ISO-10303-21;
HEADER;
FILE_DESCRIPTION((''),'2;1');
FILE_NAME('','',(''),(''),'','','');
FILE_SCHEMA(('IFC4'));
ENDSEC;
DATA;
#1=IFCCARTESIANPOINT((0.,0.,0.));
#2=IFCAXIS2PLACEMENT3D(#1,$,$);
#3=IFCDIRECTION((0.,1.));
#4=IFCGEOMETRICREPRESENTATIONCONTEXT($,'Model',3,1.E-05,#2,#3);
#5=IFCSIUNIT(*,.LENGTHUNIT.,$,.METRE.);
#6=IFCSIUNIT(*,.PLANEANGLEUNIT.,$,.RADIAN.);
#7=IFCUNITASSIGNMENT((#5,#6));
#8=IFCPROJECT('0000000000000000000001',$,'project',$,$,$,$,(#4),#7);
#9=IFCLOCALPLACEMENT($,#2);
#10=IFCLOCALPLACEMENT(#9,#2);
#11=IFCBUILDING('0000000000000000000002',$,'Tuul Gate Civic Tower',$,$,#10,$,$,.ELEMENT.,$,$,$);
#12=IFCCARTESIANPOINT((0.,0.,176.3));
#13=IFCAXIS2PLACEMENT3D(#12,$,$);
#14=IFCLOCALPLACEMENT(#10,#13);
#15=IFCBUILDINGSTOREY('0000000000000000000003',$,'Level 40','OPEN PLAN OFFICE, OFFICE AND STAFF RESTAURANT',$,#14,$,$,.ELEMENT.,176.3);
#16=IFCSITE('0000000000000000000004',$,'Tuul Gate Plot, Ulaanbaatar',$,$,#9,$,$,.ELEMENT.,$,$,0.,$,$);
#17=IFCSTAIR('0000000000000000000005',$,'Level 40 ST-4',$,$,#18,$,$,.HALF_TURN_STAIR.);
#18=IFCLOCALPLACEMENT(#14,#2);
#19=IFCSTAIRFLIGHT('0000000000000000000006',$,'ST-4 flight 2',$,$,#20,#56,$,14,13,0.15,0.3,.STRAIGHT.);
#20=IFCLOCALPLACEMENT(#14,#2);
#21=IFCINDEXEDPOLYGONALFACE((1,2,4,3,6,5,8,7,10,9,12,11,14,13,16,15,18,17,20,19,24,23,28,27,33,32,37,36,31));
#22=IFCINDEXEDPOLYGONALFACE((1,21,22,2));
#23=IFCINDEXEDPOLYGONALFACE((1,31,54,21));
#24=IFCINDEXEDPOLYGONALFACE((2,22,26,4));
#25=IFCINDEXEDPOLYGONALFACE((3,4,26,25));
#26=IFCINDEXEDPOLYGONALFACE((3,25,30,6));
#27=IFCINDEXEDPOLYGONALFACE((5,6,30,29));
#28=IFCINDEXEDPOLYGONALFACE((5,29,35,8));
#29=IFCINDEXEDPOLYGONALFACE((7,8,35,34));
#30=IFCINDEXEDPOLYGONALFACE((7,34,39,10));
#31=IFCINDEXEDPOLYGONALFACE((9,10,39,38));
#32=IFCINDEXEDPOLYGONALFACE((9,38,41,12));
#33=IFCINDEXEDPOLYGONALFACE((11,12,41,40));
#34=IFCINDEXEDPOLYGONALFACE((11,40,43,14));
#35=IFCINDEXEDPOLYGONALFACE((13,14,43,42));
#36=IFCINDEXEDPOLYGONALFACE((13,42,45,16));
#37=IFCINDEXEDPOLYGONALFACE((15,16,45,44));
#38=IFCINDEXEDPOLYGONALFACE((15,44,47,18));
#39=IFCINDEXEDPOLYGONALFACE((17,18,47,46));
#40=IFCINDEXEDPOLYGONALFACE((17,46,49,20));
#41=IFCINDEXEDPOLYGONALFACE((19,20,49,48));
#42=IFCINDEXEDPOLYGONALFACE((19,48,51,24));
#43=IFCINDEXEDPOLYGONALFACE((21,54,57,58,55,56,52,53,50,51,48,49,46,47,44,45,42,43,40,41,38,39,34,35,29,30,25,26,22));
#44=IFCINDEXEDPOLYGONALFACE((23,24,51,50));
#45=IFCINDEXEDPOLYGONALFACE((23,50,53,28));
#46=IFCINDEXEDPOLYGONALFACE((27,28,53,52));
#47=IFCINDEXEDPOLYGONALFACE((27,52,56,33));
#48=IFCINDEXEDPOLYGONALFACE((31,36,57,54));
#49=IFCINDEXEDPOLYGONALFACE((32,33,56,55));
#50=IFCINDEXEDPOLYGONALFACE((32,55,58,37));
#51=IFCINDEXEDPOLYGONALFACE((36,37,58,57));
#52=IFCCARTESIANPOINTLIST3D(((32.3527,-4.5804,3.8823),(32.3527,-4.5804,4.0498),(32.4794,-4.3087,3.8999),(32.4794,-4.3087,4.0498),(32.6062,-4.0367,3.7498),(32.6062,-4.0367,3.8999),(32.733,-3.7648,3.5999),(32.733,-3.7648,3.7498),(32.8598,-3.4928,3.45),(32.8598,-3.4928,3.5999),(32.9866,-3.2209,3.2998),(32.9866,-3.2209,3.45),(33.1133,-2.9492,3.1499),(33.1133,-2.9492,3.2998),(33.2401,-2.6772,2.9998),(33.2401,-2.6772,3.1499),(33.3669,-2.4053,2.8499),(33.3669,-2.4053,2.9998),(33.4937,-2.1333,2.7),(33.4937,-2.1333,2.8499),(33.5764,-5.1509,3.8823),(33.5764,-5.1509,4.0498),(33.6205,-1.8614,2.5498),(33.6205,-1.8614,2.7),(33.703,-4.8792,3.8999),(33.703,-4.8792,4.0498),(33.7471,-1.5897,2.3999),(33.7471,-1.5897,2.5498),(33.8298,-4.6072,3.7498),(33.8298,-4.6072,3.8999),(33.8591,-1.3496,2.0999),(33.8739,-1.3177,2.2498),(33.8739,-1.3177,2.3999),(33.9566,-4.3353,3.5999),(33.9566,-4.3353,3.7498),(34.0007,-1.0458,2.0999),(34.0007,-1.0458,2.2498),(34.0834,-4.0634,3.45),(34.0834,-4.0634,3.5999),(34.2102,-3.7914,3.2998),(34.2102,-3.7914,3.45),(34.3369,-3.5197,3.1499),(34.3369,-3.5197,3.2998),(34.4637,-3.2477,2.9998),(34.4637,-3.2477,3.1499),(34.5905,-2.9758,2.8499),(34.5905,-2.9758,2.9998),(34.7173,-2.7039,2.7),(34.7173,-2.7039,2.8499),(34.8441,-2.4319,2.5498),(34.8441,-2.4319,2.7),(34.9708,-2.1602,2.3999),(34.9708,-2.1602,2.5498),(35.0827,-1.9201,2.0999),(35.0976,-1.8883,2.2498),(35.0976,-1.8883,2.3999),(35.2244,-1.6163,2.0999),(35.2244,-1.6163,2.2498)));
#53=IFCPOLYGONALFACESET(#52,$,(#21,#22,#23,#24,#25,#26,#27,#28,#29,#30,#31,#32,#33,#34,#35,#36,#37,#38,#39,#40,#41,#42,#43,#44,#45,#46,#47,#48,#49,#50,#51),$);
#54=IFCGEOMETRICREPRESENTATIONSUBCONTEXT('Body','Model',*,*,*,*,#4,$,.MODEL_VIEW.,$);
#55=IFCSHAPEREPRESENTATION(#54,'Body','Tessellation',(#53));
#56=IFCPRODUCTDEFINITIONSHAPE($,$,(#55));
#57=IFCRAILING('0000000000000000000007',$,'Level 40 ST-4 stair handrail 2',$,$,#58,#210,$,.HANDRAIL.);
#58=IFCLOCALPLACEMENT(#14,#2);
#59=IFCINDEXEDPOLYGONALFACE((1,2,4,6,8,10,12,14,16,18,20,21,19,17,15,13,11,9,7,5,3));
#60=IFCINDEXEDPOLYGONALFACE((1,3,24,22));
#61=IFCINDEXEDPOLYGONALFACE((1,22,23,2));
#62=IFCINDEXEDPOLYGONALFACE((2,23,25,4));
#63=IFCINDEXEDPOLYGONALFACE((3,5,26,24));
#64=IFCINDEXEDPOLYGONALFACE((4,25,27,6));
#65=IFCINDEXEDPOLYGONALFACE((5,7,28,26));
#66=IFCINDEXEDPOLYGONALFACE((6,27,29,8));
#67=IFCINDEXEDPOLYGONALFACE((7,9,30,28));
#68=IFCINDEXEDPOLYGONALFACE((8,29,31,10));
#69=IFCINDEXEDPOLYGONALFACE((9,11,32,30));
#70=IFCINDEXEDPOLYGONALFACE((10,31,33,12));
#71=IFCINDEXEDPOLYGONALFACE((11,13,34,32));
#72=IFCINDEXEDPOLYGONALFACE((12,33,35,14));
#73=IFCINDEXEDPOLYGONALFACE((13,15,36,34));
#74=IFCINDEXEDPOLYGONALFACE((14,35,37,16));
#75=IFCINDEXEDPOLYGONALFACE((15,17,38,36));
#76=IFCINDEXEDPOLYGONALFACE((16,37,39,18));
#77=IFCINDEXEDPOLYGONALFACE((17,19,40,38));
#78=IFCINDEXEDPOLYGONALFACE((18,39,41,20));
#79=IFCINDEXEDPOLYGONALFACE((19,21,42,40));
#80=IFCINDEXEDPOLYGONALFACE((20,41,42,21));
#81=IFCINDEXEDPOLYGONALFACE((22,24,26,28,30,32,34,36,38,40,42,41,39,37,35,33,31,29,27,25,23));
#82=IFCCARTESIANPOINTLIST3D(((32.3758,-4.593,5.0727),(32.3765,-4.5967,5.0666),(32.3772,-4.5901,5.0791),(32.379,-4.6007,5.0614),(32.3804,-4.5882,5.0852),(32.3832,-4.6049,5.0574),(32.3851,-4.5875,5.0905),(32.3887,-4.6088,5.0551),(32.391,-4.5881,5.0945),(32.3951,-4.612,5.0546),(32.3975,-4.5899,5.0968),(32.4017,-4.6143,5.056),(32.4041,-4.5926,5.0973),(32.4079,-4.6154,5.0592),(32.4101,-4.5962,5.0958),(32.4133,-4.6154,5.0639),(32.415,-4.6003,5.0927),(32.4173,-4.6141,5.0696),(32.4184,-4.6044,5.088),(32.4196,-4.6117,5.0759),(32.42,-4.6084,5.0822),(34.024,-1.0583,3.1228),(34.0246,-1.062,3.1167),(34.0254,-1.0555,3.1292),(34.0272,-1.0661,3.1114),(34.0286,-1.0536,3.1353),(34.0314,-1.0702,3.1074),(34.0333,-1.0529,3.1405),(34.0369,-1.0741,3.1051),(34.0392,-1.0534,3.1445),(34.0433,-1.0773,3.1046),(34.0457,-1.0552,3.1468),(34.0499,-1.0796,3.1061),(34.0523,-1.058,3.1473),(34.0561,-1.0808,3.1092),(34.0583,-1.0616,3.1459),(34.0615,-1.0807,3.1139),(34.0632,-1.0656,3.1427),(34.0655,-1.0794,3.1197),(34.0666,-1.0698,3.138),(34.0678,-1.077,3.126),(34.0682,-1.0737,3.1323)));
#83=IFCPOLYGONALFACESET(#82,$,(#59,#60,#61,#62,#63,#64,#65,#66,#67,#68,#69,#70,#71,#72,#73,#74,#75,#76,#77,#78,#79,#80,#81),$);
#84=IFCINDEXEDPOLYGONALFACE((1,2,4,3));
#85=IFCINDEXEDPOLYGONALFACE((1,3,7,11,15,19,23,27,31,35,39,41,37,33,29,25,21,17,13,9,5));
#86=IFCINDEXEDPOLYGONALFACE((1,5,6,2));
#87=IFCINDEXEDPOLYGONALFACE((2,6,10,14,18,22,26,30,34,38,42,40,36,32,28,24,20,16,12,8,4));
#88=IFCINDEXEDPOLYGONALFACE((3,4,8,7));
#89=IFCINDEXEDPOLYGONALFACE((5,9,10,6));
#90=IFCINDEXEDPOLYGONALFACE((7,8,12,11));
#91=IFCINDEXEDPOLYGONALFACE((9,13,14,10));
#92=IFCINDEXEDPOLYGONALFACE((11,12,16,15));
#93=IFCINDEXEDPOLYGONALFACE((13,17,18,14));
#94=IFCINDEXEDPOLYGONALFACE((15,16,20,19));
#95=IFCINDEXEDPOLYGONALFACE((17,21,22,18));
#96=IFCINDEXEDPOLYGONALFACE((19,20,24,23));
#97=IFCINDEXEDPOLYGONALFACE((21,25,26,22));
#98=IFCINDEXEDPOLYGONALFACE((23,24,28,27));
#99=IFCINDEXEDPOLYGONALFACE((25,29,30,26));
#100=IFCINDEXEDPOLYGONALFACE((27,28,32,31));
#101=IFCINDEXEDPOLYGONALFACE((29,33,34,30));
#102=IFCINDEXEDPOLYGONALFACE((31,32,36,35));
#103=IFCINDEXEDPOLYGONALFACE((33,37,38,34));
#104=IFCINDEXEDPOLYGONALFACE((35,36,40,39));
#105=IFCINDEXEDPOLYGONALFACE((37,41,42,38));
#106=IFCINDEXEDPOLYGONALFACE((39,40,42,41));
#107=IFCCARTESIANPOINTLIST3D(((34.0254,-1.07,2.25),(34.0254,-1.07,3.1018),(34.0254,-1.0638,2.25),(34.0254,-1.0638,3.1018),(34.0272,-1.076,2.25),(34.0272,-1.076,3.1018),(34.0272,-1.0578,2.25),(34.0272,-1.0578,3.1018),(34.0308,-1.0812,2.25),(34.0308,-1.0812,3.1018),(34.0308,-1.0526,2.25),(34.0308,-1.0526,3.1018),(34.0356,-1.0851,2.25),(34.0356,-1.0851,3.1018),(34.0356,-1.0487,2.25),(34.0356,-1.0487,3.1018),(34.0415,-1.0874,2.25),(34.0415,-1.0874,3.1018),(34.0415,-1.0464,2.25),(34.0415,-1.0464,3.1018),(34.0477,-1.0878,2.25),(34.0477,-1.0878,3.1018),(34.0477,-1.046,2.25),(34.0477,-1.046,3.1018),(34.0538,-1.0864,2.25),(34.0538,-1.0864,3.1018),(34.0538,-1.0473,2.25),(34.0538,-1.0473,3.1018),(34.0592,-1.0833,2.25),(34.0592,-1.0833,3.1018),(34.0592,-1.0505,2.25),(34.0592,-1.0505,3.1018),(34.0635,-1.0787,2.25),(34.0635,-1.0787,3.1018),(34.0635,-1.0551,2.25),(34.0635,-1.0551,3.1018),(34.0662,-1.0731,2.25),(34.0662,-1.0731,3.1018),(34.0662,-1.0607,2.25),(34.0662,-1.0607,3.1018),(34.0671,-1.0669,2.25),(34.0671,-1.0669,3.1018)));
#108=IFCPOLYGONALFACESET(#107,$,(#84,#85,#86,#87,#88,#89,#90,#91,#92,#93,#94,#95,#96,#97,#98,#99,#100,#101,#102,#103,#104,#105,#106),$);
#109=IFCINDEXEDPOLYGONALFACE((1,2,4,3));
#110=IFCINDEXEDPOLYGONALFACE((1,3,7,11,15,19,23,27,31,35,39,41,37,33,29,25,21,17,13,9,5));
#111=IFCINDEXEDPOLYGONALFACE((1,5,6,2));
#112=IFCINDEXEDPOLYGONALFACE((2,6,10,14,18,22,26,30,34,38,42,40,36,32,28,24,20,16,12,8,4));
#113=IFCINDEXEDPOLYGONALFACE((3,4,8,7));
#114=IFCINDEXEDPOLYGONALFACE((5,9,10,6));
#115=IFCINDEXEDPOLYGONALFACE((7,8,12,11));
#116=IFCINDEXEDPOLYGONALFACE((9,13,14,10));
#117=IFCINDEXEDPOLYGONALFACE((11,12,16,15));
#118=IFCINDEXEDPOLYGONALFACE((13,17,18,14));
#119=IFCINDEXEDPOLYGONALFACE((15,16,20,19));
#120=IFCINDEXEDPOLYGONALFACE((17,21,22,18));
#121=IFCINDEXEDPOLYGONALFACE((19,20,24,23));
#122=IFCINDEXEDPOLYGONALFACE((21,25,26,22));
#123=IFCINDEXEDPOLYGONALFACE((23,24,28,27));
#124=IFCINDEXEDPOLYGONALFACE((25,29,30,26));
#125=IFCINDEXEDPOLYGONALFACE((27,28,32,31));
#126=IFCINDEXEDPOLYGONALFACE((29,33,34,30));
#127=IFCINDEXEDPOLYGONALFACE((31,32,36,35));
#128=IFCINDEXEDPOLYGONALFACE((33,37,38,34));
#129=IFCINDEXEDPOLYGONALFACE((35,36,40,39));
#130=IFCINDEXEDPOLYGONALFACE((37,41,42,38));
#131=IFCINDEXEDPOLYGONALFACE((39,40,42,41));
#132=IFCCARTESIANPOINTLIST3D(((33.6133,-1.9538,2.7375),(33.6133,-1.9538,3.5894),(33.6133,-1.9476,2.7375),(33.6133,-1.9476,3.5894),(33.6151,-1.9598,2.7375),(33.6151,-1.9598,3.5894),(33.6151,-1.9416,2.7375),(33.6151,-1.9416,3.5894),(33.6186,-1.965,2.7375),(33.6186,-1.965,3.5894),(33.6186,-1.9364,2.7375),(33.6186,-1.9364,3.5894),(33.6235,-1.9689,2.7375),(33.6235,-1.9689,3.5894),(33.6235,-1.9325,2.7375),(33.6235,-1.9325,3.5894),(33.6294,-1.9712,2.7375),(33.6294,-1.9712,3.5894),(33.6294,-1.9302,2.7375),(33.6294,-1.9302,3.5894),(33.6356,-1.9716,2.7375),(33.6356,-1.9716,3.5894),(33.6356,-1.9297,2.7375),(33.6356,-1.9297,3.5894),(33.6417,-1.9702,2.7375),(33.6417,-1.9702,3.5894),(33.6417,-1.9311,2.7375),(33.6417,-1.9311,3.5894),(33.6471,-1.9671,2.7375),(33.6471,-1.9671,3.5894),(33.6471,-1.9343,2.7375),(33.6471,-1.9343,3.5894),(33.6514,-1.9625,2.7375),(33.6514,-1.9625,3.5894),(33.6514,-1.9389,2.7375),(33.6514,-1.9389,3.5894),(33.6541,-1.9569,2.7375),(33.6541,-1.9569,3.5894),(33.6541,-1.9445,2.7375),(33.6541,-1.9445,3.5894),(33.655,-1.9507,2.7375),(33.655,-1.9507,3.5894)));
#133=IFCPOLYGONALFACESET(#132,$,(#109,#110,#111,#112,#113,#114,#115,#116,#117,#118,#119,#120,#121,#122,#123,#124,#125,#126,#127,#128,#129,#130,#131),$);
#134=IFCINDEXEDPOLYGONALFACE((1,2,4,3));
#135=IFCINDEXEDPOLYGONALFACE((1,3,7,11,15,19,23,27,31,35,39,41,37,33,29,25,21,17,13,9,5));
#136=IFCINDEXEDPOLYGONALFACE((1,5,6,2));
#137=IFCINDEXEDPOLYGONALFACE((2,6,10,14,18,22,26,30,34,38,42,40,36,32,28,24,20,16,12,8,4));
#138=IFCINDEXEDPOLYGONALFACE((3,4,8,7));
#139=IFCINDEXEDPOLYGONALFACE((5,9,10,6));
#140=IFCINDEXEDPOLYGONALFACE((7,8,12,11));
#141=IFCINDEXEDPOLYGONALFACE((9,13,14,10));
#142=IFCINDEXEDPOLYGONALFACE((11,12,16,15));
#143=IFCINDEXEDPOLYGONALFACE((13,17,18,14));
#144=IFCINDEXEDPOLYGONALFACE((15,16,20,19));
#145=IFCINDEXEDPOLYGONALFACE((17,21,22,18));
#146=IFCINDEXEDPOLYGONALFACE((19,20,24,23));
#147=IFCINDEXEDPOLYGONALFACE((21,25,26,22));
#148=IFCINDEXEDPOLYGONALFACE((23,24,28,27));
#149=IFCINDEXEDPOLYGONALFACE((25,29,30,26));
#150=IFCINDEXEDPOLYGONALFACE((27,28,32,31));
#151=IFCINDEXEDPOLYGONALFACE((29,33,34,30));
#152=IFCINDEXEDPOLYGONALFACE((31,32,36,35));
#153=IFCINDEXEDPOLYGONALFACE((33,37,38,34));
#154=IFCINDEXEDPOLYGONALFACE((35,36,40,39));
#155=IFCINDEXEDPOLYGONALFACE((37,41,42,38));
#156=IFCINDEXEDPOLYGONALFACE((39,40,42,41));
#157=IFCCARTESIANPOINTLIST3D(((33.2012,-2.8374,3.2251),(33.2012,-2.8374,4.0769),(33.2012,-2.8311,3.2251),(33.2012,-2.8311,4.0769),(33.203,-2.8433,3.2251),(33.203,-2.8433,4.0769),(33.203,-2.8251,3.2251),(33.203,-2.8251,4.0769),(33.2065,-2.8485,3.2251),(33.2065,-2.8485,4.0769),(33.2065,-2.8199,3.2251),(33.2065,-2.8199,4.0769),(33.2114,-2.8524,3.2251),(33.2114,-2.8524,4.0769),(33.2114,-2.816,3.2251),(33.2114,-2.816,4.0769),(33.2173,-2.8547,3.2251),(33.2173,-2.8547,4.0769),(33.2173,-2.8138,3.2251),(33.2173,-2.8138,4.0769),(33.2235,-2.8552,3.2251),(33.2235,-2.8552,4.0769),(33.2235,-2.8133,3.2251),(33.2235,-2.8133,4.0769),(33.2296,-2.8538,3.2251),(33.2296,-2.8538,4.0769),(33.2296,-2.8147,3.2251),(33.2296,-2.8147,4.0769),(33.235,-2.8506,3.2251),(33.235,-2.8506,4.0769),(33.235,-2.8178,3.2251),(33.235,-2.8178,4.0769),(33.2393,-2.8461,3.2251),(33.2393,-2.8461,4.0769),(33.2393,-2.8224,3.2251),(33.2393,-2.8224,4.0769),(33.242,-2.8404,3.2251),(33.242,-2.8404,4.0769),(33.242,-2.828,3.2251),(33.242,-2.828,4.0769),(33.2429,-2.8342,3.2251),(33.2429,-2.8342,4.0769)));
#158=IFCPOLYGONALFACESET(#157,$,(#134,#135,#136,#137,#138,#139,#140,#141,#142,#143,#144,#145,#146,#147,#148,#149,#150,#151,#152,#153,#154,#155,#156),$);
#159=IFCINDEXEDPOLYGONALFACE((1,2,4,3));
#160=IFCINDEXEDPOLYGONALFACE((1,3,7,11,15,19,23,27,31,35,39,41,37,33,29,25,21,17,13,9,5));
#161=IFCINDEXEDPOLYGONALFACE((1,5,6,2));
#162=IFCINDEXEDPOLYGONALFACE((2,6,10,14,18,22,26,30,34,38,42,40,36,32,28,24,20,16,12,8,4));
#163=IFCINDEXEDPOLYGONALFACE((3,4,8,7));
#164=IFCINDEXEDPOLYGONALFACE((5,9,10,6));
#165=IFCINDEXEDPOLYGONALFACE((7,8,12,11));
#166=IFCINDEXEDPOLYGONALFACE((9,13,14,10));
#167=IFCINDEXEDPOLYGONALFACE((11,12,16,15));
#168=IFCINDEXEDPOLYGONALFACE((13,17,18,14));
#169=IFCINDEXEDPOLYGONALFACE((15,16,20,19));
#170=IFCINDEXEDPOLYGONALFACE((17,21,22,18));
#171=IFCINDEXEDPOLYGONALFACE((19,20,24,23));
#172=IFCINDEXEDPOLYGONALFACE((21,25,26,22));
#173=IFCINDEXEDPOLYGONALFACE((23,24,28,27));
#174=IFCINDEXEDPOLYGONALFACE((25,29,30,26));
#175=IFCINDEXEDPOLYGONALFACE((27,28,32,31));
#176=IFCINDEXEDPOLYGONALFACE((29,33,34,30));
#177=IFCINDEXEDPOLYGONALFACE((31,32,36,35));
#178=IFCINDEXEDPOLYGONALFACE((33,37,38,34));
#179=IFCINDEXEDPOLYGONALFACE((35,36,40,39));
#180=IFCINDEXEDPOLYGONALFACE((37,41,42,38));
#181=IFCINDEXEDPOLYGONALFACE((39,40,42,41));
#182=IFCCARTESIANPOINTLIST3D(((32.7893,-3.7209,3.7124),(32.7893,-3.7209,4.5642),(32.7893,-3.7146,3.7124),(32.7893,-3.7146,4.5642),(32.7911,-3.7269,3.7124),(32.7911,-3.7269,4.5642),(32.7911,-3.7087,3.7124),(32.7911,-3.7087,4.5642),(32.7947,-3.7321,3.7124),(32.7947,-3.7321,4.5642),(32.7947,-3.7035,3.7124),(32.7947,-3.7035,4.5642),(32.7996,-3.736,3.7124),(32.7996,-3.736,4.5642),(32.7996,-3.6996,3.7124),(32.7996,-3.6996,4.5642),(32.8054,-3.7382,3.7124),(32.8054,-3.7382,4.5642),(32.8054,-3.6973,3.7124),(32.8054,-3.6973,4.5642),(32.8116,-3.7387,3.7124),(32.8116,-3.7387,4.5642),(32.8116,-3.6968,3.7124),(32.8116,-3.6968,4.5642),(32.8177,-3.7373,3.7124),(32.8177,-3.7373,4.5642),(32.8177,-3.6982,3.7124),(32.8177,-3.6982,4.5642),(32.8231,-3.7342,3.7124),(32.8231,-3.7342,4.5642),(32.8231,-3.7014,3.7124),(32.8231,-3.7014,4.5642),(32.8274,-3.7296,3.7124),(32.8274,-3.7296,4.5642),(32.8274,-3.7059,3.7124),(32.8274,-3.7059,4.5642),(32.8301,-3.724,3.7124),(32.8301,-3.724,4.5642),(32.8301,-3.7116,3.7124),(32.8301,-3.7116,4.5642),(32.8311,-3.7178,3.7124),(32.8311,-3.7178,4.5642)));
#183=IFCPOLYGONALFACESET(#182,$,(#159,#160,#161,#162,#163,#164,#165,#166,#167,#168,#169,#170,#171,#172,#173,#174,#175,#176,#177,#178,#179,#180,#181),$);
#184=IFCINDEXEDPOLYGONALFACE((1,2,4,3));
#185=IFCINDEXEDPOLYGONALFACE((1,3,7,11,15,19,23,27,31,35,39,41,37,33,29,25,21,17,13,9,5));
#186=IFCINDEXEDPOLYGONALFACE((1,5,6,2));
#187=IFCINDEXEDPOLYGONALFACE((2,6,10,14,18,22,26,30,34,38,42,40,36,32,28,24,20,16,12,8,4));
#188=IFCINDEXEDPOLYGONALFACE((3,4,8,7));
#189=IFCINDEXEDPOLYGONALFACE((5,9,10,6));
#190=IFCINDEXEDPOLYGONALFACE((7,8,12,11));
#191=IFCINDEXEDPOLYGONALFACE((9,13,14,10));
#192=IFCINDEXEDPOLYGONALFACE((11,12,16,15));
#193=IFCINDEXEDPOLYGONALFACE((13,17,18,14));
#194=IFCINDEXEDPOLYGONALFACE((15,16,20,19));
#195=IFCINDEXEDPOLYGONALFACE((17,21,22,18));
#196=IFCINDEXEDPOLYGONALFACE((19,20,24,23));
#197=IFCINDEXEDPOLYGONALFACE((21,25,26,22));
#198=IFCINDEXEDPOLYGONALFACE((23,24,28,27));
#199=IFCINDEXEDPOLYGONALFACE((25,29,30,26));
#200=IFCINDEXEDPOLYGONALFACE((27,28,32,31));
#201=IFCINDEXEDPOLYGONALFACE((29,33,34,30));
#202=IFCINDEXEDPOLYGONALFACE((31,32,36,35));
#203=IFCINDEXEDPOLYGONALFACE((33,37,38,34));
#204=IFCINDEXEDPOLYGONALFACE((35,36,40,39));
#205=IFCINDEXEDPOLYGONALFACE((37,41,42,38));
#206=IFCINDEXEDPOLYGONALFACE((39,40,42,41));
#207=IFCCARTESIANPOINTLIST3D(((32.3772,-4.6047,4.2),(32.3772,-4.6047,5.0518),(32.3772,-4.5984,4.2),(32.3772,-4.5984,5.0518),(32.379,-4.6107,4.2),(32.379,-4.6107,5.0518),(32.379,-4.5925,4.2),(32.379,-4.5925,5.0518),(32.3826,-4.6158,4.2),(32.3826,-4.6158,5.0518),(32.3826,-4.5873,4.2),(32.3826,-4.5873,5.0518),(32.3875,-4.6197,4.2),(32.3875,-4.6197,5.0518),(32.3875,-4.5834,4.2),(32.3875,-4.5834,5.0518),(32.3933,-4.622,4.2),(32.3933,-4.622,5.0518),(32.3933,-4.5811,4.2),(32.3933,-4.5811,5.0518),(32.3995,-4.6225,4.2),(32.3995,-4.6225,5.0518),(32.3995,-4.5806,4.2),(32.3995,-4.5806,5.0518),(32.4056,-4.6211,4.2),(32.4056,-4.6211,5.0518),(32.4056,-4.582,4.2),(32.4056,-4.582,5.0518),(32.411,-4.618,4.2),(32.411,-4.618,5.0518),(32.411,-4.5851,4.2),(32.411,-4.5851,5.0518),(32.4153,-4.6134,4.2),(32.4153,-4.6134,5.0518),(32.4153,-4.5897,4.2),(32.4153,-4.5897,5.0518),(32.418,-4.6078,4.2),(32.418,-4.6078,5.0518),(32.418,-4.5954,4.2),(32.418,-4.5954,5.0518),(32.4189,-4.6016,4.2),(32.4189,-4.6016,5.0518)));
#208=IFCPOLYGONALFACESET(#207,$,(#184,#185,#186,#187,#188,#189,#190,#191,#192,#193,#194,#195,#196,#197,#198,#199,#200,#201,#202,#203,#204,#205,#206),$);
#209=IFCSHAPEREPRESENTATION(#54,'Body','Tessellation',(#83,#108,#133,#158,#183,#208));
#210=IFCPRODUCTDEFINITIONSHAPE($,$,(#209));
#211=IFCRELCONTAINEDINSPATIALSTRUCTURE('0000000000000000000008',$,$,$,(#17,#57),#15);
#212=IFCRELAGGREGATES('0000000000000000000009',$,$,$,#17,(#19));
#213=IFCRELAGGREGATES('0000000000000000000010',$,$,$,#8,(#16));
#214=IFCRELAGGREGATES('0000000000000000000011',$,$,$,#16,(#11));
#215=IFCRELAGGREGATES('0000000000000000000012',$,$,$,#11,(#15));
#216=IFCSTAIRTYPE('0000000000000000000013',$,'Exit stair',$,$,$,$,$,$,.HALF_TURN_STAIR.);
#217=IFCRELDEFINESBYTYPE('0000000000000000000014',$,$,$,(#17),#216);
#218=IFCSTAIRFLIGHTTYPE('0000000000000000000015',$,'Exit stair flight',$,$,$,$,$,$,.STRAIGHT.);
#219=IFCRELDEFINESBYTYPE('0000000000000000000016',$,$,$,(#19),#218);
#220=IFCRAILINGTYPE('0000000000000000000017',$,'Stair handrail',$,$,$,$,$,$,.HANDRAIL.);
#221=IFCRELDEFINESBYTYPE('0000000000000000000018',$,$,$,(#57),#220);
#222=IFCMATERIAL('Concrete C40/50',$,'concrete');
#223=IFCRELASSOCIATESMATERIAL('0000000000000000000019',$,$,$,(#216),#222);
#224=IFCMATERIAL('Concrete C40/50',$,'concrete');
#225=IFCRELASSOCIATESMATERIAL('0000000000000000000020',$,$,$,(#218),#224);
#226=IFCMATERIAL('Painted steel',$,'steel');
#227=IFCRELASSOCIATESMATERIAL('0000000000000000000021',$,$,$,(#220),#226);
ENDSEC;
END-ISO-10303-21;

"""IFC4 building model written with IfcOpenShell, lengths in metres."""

from ifc_helpers import new_model, si_unit, direction, frame, origin, origin_2d, place, context, subcontext, project, spatial, polyline, circle, outline, extrude, material, type_object, element, aggregate, save


model = new_model("IFC4")

# Units and contexts
model_context = context("Model", 3, precision=1e-05, world=origin(), true_north=direction((0.0, 1.0)))
body_context = subcontext(model_context, "Body", "Model", "MODEL_VIEW")
ifc_project = project(units=[si_unit("LENGTHUNIT", "METRE"), si_unit("PLANEANGLEUNIT", "RADIAN")], contexts=[model_context])

# Site, building, storey
site_placement = place(None, origin())
site = spatial("IfcSite", under=ifc_project, at=site_placement, Name="Tuul Gate Plot, Ulaanbaatar", CompositionType="ELEMENT", RefElevation=0.0)
building_placement = place(site_placement, origin())
building = spatial("IfcBuilding", under=site, at=building_placement, Name="Tuul Gate Civic Tower", CompositionType="ELEMENT")
storey_placement = place(building_placement, frame((0.0, 0.0, 176.3)))
storey = spatial("IfcBuildingStorey", under=building, at=storey_placement, Name="Level 40", Description="OPEN PLAN OFFICE, OFFICE AND STAFF RESTAURANT", CompositionType="ELEMENT", Elevation=176.3)

# Stair, stair flight
ifc_material_1 = material(Name="Concrete C40/50", Category="concrete")
stair_type = type_object("IfcStairType", Name="Exit stair", PredefinedType="HALF_TURN_STAIR", material=ifc_material_1)
stair_placement = place(storey_placement, origin())
stair = element("IfcStair", 1, at=stair_placement, inside=storey, type_object=stair_type, Name="Level 40 ST-4", PredefinedType="HALF_TURN_STAIR")
ifc_material_2 = material(Name="Concrete C40/50", Category="concrete")
stair_flight_type = type_object("IfcStairFlightType", Name="Exit stair flight", PredefinedType="STRAIGHT", material=ifc_material_2)
stair_flight_placement = place(storey_placement, frame((34.6125, -1.3311, 2.0999), z_axis=(0.0, 0.0, 1.0), x_axis=(-0.422576, -0.906327, 0.0)))
stair_flight = element("IfcStairFlight", 2, at=stair_flight_placement, type_object=stair_flight_type, Name="ST-4 flight 2", NumberOfRisers=14, NumberOfTreads=13, PredefinedType="STRAIGHT", RiserHeight=0.15, TreadLength=0.3, context=body_context, shape_type="SweptSolid", body=[
    extrude(outline(polyline([(0.0, 0.0), (0.0, 0.1499), (0.3, 0.1499), (0.3, 0.3), (0.6001, 0.3), (0.6001, 0.45), (0.8999, 0.45), (0.8999, 0.6001), (1.2, 0.6001), (1.2, 0.75), (1.5, 0.75), (1.5, 0.8999), (1.8, 0.8999), (1.8, 1.05), (2.1001, 1.05), (2.1001, 1.2), (2.3999, 1.2), (2.3999, 1.3501), (2.7, 1.3501), (2.7, 1.5), (3.0, 1.5), (3.0, 1.6499), (3.3, 1.6499), (3.3, 1.8), (3.6001, 1.8), (3.6001, 1.95), (3.8999, 1.95), (3.8999, 2.1001), (3.8999, 1.7825), (0.3352, 0.0), (0.0, 0.0)])), frame((0.0, 0.675, 0.0), z_axis=(0.0, -1.0, 0.0), x_axis=(1.0, 0.0, 0.0)), (0.0, 0.0, 1.0), 1.3501),
])
aggregate(stair, [stair_flight])

# Railing
ifc_material_3 = material(Name="Painted steel", Category="steel")
railing_type = type_object("IfcRailingType", Name="Stair handrail", PredefinedType="HANDRAIL", material=ifc_material_3)
railing_placement = place(storey_placement, frame((34.0461, -1.0669, 2.25)))
element("IfcRailing", 3, at=railing_placement, inside=storey, type_object=railing_type, Name="Level 40 ST-4 stair handrail 2", PredefinedType="HANDRAIL", context=body_context, shape_type="SweptSolid", body=[
    extrude(circle(Radius=0.0239, at=origin_2d()), frame((0.0, 0.0, 0.876), z_axis=(-0.377995, -0.810637, 0.4472), x_axis=(0.906313, -0.422608, 0.0)), (0.0, 0.0, 1.0), 4.3604),
    extrude(circle(Radius=0.021, at=origin_2d()), origin(), (0.0, 0.0, 1.0), 0.8518),
    extrude(circle(Radius=0.021, at=origin_2d()), frame((-0.4121, -0.8838, 0.4875)), (0.0, 0.0, 1.0), 0.8518),
    extrude(circle(Radius=0.021, at=origin_2d()), frame((-0.8242, -1.7673, 0.9751)), (0.0, 0.0, 1.0), 0.8518),
    extrude(circle(Radius=0.021, at=origin_2d()), frame((-1.2361, -2.6509, 1.4624)), (0.0, 0.0, 1.0), 0.8518),
    extrude(circle(Radius=0.021, at=origin_2d()), frame((-1.6482, -3.5347, 1.95)), (0.0, 0.0, 1.0), 0.8518),
])

save(model, "model.ifc")
